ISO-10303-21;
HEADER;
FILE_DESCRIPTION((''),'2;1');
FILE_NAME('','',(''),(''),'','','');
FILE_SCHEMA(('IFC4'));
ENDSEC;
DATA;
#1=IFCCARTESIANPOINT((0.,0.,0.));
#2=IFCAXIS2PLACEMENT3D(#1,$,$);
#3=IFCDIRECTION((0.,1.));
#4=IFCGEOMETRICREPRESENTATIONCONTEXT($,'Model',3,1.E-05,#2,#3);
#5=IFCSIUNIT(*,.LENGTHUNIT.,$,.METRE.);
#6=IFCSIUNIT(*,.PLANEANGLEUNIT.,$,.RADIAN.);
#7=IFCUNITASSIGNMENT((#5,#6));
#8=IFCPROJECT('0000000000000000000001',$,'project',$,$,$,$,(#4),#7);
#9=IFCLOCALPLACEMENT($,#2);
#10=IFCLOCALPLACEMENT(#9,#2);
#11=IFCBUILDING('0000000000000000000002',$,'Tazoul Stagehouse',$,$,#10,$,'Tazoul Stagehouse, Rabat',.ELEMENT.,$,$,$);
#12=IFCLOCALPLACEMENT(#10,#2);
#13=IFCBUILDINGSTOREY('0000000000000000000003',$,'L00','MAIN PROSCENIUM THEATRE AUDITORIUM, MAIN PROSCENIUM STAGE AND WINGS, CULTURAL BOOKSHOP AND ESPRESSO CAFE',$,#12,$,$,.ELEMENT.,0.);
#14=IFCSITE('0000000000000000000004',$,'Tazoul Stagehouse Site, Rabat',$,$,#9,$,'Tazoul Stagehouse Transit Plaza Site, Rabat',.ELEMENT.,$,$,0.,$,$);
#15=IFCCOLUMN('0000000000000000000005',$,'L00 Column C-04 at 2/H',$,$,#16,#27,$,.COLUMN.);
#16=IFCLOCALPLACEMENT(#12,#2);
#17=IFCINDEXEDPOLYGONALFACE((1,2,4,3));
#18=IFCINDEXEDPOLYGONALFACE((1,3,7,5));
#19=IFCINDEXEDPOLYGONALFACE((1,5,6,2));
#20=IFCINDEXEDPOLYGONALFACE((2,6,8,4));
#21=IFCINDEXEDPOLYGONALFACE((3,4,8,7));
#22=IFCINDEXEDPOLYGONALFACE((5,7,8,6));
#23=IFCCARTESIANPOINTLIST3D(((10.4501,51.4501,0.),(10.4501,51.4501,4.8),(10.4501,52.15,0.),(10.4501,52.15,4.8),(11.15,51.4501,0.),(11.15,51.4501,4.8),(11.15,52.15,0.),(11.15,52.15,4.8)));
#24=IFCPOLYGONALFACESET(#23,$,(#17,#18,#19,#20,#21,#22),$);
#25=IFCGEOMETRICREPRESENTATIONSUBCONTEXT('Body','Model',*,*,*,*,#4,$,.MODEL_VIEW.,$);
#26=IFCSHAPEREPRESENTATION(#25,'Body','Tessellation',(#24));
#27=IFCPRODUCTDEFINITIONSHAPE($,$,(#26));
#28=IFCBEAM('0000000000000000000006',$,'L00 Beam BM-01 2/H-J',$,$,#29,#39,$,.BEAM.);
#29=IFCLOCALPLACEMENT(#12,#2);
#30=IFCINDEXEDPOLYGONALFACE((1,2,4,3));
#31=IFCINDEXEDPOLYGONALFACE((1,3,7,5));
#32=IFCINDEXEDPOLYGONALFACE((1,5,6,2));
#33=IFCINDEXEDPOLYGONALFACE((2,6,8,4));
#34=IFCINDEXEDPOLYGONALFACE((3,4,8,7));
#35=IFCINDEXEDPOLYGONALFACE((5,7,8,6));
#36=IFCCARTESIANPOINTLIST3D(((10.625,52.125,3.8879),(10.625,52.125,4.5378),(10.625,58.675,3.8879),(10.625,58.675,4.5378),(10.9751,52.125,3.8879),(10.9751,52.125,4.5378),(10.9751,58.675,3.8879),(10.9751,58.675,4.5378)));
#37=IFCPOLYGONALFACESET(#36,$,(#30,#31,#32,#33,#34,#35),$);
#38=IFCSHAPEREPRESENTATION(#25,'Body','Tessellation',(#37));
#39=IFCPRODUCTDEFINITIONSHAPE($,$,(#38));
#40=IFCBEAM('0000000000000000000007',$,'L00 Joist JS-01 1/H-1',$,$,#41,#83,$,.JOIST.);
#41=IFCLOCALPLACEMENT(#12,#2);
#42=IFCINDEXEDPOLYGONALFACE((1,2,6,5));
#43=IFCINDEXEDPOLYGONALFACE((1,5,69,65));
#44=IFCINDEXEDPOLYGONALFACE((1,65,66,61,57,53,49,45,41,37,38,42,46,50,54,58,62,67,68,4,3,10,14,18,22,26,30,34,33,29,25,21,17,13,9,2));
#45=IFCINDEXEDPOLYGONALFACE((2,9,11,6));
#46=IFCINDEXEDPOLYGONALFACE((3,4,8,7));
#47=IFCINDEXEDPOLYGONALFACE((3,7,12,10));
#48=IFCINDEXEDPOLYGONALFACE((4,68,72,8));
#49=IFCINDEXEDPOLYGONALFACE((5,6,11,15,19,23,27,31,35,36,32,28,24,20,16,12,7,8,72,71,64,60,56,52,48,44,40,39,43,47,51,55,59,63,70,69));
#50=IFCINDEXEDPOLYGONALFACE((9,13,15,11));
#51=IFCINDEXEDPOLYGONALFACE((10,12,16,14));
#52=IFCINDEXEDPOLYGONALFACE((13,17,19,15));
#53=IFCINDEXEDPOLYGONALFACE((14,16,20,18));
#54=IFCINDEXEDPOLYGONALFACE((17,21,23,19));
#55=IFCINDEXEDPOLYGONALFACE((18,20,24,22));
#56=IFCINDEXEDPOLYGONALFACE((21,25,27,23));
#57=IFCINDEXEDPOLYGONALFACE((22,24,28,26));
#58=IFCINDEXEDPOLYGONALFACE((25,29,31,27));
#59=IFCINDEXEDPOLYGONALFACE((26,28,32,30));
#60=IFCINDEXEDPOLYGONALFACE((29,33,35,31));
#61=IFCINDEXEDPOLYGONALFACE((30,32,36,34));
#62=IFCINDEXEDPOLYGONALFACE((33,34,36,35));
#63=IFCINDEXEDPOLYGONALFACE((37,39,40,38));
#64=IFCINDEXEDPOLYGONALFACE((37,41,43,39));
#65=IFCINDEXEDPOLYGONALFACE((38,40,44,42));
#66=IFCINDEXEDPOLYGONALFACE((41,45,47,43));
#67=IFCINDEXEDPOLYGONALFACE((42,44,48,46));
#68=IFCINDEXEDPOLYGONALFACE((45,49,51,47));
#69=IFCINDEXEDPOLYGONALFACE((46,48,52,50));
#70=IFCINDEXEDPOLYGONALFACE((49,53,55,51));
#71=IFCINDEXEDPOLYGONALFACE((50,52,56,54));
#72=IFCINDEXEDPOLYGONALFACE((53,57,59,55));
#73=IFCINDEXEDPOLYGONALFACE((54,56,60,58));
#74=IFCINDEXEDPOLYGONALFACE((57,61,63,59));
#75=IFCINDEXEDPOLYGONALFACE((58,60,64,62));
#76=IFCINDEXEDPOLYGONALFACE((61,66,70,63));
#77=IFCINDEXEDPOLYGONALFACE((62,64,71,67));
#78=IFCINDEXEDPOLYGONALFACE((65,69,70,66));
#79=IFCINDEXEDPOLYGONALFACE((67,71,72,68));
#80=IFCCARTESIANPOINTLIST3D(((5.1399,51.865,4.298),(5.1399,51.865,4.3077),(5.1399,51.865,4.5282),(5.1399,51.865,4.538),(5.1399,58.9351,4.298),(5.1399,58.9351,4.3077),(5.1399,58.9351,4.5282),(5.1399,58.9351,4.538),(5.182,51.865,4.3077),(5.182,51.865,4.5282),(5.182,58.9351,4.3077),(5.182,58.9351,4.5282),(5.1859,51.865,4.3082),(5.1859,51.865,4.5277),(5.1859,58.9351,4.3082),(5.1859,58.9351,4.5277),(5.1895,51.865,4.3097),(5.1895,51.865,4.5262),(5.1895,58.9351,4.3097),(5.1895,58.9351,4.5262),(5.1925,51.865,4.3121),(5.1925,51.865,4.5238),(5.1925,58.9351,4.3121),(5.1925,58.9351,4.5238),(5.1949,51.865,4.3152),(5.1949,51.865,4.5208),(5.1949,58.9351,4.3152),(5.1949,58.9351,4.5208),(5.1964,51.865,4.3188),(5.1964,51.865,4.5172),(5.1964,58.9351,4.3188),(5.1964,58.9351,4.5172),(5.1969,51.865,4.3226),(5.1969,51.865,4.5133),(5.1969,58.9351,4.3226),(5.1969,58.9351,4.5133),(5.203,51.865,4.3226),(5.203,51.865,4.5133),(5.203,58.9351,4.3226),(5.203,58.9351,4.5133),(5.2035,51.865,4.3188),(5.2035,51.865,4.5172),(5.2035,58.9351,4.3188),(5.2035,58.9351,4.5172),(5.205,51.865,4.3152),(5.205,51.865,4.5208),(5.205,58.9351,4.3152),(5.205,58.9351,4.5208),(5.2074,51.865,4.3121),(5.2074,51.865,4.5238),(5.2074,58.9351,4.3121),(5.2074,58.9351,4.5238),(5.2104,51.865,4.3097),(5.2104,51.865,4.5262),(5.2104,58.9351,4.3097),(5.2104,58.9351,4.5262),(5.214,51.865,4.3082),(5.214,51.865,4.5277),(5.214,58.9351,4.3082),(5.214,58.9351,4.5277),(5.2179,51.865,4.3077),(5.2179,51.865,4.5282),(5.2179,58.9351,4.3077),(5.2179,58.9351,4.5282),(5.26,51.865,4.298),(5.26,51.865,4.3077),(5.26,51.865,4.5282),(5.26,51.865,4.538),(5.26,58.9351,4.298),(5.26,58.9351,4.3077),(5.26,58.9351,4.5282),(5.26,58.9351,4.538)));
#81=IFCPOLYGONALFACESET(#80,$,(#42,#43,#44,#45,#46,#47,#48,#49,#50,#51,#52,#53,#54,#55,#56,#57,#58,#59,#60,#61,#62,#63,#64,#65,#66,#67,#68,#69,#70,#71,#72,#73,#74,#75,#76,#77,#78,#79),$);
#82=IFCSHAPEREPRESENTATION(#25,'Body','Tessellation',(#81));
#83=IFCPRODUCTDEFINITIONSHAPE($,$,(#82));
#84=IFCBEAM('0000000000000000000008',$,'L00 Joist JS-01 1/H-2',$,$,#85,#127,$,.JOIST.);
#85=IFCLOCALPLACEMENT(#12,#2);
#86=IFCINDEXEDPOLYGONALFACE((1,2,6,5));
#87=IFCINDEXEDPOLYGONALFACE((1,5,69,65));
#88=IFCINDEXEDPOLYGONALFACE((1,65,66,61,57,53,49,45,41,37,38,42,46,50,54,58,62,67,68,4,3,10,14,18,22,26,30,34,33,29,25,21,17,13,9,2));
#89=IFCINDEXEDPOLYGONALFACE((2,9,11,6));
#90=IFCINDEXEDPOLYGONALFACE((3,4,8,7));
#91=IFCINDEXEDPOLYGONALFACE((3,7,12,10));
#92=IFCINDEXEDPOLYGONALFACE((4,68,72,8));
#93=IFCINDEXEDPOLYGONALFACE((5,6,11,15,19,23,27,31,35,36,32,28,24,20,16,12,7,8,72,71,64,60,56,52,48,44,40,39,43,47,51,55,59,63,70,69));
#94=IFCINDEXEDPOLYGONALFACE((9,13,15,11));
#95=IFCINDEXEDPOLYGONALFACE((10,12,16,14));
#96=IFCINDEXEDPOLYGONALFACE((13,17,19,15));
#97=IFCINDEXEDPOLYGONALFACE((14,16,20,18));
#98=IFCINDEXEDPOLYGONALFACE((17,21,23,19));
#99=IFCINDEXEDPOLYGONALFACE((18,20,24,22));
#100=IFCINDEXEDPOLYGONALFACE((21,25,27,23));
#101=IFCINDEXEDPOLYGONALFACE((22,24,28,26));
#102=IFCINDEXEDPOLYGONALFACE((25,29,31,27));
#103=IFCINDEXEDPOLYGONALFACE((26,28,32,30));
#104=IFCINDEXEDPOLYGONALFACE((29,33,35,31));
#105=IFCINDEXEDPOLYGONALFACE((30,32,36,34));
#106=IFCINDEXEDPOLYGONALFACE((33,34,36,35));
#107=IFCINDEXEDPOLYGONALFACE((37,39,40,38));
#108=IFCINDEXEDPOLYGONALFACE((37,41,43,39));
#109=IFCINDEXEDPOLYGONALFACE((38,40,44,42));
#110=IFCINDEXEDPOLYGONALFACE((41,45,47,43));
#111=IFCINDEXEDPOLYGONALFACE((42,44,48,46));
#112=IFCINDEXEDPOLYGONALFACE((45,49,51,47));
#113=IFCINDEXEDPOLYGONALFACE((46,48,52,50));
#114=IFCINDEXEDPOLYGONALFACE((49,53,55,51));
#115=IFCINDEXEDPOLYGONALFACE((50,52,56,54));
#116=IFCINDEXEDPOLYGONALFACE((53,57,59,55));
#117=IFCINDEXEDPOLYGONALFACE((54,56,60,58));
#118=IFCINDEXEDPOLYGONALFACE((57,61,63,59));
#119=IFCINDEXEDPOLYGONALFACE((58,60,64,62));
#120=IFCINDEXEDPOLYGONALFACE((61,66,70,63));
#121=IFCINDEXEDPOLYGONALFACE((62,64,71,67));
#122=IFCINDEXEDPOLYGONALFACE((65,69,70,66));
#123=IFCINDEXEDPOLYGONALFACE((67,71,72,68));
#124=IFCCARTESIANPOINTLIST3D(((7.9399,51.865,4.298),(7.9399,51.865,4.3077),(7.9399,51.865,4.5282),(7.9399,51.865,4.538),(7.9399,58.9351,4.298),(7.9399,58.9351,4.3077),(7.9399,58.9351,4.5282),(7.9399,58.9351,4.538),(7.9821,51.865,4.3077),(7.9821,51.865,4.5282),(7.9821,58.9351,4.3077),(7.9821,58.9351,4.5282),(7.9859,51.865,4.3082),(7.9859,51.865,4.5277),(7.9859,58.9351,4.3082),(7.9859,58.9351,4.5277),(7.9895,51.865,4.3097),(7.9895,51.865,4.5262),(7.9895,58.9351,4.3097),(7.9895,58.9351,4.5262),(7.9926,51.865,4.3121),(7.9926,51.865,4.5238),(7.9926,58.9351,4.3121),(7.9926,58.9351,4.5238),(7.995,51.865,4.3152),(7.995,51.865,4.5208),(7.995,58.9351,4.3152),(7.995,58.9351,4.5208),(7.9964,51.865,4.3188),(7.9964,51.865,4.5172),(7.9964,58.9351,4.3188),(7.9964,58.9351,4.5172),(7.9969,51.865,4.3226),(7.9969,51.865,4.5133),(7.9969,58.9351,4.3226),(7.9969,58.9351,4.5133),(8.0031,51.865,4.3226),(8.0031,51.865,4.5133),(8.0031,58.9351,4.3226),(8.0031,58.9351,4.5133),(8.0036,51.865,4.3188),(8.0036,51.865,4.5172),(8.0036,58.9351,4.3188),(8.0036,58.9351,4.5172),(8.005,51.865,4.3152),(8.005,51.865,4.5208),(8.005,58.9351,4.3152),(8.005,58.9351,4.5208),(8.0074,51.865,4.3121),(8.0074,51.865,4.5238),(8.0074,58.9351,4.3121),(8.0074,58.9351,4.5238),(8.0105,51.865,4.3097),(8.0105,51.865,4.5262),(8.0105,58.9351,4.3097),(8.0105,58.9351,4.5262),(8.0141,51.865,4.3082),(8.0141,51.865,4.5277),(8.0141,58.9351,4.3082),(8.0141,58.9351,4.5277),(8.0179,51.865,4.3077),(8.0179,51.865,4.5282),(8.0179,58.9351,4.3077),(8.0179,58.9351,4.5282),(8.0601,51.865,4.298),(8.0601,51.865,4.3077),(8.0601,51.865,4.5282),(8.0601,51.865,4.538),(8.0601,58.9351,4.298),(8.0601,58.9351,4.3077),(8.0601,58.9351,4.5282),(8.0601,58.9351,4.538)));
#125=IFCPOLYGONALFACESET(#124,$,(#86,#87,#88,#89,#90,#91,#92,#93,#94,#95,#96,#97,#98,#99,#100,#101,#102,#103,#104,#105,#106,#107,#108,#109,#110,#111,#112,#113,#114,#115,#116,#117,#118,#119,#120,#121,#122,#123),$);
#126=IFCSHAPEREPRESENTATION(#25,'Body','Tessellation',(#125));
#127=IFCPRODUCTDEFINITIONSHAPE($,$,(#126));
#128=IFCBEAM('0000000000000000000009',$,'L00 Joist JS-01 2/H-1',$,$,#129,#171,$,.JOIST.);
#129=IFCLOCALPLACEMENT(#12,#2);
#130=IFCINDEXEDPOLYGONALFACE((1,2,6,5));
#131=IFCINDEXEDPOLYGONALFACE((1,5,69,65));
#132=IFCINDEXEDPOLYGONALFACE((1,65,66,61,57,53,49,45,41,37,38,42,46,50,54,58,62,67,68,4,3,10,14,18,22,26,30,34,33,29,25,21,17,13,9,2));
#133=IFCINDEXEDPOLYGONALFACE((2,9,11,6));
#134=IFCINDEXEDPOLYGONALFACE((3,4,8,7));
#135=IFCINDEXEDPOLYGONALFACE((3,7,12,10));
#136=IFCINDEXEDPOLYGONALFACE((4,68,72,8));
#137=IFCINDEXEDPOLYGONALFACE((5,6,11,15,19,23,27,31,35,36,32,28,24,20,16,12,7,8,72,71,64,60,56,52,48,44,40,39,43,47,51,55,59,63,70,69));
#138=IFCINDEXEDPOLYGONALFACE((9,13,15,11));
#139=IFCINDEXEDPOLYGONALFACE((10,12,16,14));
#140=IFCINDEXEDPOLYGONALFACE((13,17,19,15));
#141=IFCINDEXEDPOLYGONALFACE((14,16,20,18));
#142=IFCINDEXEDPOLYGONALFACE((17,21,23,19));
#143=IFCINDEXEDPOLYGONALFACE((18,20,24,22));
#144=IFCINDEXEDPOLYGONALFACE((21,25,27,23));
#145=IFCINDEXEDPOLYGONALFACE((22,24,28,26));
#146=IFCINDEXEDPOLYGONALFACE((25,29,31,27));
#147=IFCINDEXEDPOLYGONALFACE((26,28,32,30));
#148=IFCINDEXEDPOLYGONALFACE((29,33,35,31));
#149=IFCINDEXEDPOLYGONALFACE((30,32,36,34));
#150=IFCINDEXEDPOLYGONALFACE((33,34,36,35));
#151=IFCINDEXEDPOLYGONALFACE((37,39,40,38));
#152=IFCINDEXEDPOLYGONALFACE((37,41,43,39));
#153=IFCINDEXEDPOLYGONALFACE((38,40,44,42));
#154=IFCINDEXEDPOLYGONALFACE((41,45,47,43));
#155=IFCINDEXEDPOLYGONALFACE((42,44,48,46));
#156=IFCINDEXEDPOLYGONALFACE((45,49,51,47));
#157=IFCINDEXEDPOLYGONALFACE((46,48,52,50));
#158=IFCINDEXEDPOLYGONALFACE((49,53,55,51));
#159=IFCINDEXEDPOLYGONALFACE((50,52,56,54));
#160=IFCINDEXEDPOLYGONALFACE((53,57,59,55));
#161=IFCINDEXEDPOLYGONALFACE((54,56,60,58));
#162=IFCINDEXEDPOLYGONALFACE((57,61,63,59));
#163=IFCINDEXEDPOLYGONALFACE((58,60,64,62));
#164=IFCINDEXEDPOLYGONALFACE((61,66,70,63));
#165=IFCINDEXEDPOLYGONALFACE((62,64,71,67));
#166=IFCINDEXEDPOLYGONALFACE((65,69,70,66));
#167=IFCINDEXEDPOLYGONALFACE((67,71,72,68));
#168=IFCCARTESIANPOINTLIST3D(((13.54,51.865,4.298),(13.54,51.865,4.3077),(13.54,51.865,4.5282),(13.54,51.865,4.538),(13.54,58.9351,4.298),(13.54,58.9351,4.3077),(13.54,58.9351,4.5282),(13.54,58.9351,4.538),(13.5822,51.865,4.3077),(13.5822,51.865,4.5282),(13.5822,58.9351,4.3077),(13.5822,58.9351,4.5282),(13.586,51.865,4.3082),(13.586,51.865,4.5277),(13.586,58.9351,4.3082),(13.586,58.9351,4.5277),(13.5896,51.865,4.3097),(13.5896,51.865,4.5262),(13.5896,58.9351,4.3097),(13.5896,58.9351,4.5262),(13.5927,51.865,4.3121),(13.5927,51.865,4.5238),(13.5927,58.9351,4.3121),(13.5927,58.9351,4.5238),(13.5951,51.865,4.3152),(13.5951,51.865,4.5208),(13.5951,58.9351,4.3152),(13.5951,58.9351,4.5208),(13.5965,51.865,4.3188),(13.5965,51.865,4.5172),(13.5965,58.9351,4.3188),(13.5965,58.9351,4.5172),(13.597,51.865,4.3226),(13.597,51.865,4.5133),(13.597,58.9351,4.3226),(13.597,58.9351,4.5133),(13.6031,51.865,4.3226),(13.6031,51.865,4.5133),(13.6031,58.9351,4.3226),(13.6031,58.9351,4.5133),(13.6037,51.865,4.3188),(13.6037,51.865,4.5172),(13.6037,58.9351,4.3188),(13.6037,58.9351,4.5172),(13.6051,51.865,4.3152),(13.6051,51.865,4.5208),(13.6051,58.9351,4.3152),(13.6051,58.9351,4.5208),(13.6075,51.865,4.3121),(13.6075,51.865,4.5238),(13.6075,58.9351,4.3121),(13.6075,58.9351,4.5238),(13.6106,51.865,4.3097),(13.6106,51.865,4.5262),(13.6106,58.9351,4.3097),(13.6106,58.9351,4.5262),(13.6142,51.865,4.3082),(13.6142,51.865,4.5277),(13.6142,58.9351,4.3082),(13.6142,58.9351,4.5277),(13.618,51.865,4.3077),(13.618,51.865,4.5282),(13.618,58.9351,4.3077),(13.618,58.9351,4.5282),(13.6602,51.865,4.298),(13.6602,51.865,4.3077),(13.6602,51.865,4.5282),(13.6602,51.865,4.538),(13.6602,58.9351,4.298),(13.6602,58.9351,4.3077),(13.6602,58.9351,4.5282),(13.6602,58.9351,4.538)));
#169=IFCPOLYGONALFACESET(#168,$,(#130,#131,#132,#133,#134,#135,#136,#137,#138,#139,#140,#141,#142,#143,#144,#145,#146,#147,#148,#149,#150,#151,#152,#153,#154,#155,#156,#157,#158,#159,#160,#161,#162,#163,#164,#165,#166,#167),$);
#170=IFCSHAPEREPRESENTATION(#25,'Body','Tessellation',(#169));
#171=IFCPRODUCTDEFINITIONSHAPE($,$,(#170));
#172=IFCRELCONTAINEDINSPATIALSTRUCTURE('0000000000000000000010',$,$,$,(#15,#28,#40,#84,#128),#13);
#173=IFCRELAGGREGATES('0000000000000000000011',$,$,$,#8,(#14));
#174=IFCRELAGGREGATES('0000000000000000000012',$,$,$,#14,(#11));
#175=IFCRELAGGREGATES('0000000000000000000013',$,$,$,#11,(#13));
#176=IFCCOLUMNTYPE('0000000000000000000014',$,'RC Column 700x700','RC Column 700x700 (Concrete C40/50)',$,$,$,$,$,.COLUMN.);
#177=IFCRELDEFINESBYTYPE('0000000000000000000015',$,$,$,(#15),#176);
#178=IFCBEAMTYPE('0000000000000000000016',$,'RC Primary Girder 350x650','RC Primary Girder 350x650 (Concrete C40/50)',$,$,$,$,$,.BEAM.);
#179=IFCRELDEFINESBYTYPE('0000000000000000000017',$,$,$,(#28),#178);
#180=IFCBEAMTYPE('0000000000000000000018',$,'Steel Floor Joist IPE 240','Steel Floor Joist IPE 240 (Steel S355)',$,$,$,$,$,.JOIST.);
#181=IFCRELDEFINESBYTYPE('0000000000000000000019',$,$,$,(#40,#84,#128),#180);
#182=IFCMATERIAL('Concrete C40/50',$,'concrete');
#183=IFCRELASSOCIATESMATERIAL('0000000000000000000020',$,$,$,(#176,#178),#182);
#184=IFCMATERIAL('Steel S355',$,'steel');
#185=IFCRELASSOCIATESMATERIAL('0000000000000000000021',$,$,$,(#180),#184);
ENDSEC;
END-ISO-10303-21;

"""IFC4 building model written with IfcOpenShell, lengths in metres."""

from ifc_helpers import new_model, si_unit, direction, frame, origin, origin_2d, place, context, subcontext, project, spatial, rectangle, i_section, extrude, material, material_profile, profile_set, type_object, element, save


model = new_model("IFC4")

# Units and contexts
model_context = context("Model", 3, precision=1e-05, world=origin(), true_north=direction((0.0, 1.0)))
body_context = subcontext(model_context, "Body", "Model", "MODEL_VIEW")
ifc_project = project(units=[si_unit("LENGTHUNIT", "METRE"), si_unit("PLANEANGLEUNIT", "RADIAN")], contexts=[model_context])

# Site, building, storey
site_placement = place(None, origin())
site = spatial("IfcSite", under=ifc_project, at=site_placement, Name="Tazoul Stagehouse Site, Rabat", LongName="Tazoul Stagehouse Transit Plaza Site, Rabat", CompositionType="ELEMENT", RefElevation=0.0)
building_placement = place(site_placement, origin())
building = spatial("IfcBuilding", under=site, at=building_placement, Name="Tazoul Stagehouse", LongName="Tazoul Stagehouse, Rabat", CompositionType="ELEMENT")
storey_placement = place(building_placement, origin())
storey = spatial("IfcBuildingStorey", under=building, at=storey_placement, Name="L00", Description="MAIN PROSCENIUM THEATRE AUDITORIUM, MAIN PROSCENIUM STAGE AND WINGS, CULTURAL BOOKSHOP AND ESPRESSO CAFE", CompositionType="ELEMENT", Elevation=0.0)

# Column
ifc_material_1 = material(Name="Concrete C40/50", Category="concrete")
ifc_material_profile_1 = material_profile(ifc_material_1, rectangle(XDim=0.7, YDim=0.7, at=origin_2d()), Name="RC 700x700")
ifc_profile_set_1 = profile_set([ifc_material_profile_1], Name="Concrete C40/50")
column_type = type_object("IfcColumnType", Name="RC Column 700x700", Description="RC Column 700x700 (Concrete C40/50)", PredefinedType="COLUMN", material=ifc_profile_set_1)
column_placement = place(storey_placement, frame((10.8, 51.8, 0.0), z_axis=(0.0, 0.0, 1.0), x_axis=(1.0, 0.0, 0.0)))
element("IfcColumn", 1, at=column_placement, inside=storey, type_object=column_type, Name="L00 Column C-04 at 2/H", PredefinedType="COLUMN", context=body_context, shape_type="SweptSolid", body=[
    extrude(rectangle(XDim=0.7, YDim=0.7, at=origin_2d()), origin(), (0.0, 0.0, 1.0), 4.8),
])

# Beams
ifc_material_profile_2 = material_profile(ifc_material_1, rectangle(XDim=0.3501, YDim=0.6499, at=origin_2d()), Name="RC 350x650")
ifc_profile_set_2 = profile_set([ifc_material_profile_2], Name="Concrete C40/50")
beam_type_1 = type_object("IfcBeamType", Name="RC Primary Girder 350x650", Description="RC Primary Girder 350x650 (Concrete C40/50)", PredefinedType="BEAM", material=ifc_profile_set_2)
beam_1_placement = place(storey_placement, frame((10.8, 52.125, 4.2129), z_axis=(0.0, 1.0, 0.0), x_axis=(-1.0, 0.0, 0.0)))
element("IfcBeam", 2, at=beam_1_placement, inside=storey, type_object=beam_type_1, Name="L00 Beam BM-01 2/H-J", PredefinedType="BEAM", context=body_context, shape_type="SweptSolid", body=[
    extrude(rectangle(XDim=0.3501, YDim=0.6499, at=origin_2d()), origin(), (0.0, 0.0, 1.0), 6.55),
])
ifc_material_2 = material(Name="Steel S355", Category="steel")
ifc_material_profile_3 = material_profile(ifc_material_2, i_section(OverallWidth=0.1201, OverallDepth=0.24, WebThickness=0.0061, FlangeThickness=0.0098, FilletRadius=0.0149, at=origin_2d()), Name="IPE 240")
ifc_profile_set_3 = profile_set([ifc_material_profile_3], Name="Steel S355")
beam_type_2 = type_object("IfcBeamType", Name="Steel Floor Joist IPE 240", Description="Steel Floor Joist IPE 240 (Steel S355)", PredefinedType="JOIST", material=ifc_profile_set_3)
for number, where, z_axis, x_axis, name in (
    (3, (5.2, 51.865, 4.418), (0.0, 1.0, 0.0), (-1.0, 0.0, 0.0), "L00 Joist JS-01 1/H-1"),
    (4, (8.0, 51.865, 4.418), (0.0, 1.0, 0.0), (-1.0, 0.0, 0.0), "L00 Joist JS-01 1/H-2"),
    (5, (13.6001, 51.865, 4.418), (0.0, 1.0, 0.0), (-1.0, 0.0, 0.0), "L00 Joist JS-01 2/H-1"),
):
    element("IfcBeam", number, at=place(storey_placement, frame(where, z_axis=z_axis, x_axis=x_axis)), inside=storey, type_object=beam_type_2, Name=name, PredefinedType="JOIST", context=body_context, shape_type="SweptSolid", body=[
        extrude(i_section(OverallWidth=0.1201, OverallDepth=0.24, WebThickness=0.0061, FlangeThickness=0.0098, FilletRadius=0.0149, at=origin_2d()), origin(), (0.0, 0.0, 1.0), 7.0701),
    ])

save(model, "model.ifc")
